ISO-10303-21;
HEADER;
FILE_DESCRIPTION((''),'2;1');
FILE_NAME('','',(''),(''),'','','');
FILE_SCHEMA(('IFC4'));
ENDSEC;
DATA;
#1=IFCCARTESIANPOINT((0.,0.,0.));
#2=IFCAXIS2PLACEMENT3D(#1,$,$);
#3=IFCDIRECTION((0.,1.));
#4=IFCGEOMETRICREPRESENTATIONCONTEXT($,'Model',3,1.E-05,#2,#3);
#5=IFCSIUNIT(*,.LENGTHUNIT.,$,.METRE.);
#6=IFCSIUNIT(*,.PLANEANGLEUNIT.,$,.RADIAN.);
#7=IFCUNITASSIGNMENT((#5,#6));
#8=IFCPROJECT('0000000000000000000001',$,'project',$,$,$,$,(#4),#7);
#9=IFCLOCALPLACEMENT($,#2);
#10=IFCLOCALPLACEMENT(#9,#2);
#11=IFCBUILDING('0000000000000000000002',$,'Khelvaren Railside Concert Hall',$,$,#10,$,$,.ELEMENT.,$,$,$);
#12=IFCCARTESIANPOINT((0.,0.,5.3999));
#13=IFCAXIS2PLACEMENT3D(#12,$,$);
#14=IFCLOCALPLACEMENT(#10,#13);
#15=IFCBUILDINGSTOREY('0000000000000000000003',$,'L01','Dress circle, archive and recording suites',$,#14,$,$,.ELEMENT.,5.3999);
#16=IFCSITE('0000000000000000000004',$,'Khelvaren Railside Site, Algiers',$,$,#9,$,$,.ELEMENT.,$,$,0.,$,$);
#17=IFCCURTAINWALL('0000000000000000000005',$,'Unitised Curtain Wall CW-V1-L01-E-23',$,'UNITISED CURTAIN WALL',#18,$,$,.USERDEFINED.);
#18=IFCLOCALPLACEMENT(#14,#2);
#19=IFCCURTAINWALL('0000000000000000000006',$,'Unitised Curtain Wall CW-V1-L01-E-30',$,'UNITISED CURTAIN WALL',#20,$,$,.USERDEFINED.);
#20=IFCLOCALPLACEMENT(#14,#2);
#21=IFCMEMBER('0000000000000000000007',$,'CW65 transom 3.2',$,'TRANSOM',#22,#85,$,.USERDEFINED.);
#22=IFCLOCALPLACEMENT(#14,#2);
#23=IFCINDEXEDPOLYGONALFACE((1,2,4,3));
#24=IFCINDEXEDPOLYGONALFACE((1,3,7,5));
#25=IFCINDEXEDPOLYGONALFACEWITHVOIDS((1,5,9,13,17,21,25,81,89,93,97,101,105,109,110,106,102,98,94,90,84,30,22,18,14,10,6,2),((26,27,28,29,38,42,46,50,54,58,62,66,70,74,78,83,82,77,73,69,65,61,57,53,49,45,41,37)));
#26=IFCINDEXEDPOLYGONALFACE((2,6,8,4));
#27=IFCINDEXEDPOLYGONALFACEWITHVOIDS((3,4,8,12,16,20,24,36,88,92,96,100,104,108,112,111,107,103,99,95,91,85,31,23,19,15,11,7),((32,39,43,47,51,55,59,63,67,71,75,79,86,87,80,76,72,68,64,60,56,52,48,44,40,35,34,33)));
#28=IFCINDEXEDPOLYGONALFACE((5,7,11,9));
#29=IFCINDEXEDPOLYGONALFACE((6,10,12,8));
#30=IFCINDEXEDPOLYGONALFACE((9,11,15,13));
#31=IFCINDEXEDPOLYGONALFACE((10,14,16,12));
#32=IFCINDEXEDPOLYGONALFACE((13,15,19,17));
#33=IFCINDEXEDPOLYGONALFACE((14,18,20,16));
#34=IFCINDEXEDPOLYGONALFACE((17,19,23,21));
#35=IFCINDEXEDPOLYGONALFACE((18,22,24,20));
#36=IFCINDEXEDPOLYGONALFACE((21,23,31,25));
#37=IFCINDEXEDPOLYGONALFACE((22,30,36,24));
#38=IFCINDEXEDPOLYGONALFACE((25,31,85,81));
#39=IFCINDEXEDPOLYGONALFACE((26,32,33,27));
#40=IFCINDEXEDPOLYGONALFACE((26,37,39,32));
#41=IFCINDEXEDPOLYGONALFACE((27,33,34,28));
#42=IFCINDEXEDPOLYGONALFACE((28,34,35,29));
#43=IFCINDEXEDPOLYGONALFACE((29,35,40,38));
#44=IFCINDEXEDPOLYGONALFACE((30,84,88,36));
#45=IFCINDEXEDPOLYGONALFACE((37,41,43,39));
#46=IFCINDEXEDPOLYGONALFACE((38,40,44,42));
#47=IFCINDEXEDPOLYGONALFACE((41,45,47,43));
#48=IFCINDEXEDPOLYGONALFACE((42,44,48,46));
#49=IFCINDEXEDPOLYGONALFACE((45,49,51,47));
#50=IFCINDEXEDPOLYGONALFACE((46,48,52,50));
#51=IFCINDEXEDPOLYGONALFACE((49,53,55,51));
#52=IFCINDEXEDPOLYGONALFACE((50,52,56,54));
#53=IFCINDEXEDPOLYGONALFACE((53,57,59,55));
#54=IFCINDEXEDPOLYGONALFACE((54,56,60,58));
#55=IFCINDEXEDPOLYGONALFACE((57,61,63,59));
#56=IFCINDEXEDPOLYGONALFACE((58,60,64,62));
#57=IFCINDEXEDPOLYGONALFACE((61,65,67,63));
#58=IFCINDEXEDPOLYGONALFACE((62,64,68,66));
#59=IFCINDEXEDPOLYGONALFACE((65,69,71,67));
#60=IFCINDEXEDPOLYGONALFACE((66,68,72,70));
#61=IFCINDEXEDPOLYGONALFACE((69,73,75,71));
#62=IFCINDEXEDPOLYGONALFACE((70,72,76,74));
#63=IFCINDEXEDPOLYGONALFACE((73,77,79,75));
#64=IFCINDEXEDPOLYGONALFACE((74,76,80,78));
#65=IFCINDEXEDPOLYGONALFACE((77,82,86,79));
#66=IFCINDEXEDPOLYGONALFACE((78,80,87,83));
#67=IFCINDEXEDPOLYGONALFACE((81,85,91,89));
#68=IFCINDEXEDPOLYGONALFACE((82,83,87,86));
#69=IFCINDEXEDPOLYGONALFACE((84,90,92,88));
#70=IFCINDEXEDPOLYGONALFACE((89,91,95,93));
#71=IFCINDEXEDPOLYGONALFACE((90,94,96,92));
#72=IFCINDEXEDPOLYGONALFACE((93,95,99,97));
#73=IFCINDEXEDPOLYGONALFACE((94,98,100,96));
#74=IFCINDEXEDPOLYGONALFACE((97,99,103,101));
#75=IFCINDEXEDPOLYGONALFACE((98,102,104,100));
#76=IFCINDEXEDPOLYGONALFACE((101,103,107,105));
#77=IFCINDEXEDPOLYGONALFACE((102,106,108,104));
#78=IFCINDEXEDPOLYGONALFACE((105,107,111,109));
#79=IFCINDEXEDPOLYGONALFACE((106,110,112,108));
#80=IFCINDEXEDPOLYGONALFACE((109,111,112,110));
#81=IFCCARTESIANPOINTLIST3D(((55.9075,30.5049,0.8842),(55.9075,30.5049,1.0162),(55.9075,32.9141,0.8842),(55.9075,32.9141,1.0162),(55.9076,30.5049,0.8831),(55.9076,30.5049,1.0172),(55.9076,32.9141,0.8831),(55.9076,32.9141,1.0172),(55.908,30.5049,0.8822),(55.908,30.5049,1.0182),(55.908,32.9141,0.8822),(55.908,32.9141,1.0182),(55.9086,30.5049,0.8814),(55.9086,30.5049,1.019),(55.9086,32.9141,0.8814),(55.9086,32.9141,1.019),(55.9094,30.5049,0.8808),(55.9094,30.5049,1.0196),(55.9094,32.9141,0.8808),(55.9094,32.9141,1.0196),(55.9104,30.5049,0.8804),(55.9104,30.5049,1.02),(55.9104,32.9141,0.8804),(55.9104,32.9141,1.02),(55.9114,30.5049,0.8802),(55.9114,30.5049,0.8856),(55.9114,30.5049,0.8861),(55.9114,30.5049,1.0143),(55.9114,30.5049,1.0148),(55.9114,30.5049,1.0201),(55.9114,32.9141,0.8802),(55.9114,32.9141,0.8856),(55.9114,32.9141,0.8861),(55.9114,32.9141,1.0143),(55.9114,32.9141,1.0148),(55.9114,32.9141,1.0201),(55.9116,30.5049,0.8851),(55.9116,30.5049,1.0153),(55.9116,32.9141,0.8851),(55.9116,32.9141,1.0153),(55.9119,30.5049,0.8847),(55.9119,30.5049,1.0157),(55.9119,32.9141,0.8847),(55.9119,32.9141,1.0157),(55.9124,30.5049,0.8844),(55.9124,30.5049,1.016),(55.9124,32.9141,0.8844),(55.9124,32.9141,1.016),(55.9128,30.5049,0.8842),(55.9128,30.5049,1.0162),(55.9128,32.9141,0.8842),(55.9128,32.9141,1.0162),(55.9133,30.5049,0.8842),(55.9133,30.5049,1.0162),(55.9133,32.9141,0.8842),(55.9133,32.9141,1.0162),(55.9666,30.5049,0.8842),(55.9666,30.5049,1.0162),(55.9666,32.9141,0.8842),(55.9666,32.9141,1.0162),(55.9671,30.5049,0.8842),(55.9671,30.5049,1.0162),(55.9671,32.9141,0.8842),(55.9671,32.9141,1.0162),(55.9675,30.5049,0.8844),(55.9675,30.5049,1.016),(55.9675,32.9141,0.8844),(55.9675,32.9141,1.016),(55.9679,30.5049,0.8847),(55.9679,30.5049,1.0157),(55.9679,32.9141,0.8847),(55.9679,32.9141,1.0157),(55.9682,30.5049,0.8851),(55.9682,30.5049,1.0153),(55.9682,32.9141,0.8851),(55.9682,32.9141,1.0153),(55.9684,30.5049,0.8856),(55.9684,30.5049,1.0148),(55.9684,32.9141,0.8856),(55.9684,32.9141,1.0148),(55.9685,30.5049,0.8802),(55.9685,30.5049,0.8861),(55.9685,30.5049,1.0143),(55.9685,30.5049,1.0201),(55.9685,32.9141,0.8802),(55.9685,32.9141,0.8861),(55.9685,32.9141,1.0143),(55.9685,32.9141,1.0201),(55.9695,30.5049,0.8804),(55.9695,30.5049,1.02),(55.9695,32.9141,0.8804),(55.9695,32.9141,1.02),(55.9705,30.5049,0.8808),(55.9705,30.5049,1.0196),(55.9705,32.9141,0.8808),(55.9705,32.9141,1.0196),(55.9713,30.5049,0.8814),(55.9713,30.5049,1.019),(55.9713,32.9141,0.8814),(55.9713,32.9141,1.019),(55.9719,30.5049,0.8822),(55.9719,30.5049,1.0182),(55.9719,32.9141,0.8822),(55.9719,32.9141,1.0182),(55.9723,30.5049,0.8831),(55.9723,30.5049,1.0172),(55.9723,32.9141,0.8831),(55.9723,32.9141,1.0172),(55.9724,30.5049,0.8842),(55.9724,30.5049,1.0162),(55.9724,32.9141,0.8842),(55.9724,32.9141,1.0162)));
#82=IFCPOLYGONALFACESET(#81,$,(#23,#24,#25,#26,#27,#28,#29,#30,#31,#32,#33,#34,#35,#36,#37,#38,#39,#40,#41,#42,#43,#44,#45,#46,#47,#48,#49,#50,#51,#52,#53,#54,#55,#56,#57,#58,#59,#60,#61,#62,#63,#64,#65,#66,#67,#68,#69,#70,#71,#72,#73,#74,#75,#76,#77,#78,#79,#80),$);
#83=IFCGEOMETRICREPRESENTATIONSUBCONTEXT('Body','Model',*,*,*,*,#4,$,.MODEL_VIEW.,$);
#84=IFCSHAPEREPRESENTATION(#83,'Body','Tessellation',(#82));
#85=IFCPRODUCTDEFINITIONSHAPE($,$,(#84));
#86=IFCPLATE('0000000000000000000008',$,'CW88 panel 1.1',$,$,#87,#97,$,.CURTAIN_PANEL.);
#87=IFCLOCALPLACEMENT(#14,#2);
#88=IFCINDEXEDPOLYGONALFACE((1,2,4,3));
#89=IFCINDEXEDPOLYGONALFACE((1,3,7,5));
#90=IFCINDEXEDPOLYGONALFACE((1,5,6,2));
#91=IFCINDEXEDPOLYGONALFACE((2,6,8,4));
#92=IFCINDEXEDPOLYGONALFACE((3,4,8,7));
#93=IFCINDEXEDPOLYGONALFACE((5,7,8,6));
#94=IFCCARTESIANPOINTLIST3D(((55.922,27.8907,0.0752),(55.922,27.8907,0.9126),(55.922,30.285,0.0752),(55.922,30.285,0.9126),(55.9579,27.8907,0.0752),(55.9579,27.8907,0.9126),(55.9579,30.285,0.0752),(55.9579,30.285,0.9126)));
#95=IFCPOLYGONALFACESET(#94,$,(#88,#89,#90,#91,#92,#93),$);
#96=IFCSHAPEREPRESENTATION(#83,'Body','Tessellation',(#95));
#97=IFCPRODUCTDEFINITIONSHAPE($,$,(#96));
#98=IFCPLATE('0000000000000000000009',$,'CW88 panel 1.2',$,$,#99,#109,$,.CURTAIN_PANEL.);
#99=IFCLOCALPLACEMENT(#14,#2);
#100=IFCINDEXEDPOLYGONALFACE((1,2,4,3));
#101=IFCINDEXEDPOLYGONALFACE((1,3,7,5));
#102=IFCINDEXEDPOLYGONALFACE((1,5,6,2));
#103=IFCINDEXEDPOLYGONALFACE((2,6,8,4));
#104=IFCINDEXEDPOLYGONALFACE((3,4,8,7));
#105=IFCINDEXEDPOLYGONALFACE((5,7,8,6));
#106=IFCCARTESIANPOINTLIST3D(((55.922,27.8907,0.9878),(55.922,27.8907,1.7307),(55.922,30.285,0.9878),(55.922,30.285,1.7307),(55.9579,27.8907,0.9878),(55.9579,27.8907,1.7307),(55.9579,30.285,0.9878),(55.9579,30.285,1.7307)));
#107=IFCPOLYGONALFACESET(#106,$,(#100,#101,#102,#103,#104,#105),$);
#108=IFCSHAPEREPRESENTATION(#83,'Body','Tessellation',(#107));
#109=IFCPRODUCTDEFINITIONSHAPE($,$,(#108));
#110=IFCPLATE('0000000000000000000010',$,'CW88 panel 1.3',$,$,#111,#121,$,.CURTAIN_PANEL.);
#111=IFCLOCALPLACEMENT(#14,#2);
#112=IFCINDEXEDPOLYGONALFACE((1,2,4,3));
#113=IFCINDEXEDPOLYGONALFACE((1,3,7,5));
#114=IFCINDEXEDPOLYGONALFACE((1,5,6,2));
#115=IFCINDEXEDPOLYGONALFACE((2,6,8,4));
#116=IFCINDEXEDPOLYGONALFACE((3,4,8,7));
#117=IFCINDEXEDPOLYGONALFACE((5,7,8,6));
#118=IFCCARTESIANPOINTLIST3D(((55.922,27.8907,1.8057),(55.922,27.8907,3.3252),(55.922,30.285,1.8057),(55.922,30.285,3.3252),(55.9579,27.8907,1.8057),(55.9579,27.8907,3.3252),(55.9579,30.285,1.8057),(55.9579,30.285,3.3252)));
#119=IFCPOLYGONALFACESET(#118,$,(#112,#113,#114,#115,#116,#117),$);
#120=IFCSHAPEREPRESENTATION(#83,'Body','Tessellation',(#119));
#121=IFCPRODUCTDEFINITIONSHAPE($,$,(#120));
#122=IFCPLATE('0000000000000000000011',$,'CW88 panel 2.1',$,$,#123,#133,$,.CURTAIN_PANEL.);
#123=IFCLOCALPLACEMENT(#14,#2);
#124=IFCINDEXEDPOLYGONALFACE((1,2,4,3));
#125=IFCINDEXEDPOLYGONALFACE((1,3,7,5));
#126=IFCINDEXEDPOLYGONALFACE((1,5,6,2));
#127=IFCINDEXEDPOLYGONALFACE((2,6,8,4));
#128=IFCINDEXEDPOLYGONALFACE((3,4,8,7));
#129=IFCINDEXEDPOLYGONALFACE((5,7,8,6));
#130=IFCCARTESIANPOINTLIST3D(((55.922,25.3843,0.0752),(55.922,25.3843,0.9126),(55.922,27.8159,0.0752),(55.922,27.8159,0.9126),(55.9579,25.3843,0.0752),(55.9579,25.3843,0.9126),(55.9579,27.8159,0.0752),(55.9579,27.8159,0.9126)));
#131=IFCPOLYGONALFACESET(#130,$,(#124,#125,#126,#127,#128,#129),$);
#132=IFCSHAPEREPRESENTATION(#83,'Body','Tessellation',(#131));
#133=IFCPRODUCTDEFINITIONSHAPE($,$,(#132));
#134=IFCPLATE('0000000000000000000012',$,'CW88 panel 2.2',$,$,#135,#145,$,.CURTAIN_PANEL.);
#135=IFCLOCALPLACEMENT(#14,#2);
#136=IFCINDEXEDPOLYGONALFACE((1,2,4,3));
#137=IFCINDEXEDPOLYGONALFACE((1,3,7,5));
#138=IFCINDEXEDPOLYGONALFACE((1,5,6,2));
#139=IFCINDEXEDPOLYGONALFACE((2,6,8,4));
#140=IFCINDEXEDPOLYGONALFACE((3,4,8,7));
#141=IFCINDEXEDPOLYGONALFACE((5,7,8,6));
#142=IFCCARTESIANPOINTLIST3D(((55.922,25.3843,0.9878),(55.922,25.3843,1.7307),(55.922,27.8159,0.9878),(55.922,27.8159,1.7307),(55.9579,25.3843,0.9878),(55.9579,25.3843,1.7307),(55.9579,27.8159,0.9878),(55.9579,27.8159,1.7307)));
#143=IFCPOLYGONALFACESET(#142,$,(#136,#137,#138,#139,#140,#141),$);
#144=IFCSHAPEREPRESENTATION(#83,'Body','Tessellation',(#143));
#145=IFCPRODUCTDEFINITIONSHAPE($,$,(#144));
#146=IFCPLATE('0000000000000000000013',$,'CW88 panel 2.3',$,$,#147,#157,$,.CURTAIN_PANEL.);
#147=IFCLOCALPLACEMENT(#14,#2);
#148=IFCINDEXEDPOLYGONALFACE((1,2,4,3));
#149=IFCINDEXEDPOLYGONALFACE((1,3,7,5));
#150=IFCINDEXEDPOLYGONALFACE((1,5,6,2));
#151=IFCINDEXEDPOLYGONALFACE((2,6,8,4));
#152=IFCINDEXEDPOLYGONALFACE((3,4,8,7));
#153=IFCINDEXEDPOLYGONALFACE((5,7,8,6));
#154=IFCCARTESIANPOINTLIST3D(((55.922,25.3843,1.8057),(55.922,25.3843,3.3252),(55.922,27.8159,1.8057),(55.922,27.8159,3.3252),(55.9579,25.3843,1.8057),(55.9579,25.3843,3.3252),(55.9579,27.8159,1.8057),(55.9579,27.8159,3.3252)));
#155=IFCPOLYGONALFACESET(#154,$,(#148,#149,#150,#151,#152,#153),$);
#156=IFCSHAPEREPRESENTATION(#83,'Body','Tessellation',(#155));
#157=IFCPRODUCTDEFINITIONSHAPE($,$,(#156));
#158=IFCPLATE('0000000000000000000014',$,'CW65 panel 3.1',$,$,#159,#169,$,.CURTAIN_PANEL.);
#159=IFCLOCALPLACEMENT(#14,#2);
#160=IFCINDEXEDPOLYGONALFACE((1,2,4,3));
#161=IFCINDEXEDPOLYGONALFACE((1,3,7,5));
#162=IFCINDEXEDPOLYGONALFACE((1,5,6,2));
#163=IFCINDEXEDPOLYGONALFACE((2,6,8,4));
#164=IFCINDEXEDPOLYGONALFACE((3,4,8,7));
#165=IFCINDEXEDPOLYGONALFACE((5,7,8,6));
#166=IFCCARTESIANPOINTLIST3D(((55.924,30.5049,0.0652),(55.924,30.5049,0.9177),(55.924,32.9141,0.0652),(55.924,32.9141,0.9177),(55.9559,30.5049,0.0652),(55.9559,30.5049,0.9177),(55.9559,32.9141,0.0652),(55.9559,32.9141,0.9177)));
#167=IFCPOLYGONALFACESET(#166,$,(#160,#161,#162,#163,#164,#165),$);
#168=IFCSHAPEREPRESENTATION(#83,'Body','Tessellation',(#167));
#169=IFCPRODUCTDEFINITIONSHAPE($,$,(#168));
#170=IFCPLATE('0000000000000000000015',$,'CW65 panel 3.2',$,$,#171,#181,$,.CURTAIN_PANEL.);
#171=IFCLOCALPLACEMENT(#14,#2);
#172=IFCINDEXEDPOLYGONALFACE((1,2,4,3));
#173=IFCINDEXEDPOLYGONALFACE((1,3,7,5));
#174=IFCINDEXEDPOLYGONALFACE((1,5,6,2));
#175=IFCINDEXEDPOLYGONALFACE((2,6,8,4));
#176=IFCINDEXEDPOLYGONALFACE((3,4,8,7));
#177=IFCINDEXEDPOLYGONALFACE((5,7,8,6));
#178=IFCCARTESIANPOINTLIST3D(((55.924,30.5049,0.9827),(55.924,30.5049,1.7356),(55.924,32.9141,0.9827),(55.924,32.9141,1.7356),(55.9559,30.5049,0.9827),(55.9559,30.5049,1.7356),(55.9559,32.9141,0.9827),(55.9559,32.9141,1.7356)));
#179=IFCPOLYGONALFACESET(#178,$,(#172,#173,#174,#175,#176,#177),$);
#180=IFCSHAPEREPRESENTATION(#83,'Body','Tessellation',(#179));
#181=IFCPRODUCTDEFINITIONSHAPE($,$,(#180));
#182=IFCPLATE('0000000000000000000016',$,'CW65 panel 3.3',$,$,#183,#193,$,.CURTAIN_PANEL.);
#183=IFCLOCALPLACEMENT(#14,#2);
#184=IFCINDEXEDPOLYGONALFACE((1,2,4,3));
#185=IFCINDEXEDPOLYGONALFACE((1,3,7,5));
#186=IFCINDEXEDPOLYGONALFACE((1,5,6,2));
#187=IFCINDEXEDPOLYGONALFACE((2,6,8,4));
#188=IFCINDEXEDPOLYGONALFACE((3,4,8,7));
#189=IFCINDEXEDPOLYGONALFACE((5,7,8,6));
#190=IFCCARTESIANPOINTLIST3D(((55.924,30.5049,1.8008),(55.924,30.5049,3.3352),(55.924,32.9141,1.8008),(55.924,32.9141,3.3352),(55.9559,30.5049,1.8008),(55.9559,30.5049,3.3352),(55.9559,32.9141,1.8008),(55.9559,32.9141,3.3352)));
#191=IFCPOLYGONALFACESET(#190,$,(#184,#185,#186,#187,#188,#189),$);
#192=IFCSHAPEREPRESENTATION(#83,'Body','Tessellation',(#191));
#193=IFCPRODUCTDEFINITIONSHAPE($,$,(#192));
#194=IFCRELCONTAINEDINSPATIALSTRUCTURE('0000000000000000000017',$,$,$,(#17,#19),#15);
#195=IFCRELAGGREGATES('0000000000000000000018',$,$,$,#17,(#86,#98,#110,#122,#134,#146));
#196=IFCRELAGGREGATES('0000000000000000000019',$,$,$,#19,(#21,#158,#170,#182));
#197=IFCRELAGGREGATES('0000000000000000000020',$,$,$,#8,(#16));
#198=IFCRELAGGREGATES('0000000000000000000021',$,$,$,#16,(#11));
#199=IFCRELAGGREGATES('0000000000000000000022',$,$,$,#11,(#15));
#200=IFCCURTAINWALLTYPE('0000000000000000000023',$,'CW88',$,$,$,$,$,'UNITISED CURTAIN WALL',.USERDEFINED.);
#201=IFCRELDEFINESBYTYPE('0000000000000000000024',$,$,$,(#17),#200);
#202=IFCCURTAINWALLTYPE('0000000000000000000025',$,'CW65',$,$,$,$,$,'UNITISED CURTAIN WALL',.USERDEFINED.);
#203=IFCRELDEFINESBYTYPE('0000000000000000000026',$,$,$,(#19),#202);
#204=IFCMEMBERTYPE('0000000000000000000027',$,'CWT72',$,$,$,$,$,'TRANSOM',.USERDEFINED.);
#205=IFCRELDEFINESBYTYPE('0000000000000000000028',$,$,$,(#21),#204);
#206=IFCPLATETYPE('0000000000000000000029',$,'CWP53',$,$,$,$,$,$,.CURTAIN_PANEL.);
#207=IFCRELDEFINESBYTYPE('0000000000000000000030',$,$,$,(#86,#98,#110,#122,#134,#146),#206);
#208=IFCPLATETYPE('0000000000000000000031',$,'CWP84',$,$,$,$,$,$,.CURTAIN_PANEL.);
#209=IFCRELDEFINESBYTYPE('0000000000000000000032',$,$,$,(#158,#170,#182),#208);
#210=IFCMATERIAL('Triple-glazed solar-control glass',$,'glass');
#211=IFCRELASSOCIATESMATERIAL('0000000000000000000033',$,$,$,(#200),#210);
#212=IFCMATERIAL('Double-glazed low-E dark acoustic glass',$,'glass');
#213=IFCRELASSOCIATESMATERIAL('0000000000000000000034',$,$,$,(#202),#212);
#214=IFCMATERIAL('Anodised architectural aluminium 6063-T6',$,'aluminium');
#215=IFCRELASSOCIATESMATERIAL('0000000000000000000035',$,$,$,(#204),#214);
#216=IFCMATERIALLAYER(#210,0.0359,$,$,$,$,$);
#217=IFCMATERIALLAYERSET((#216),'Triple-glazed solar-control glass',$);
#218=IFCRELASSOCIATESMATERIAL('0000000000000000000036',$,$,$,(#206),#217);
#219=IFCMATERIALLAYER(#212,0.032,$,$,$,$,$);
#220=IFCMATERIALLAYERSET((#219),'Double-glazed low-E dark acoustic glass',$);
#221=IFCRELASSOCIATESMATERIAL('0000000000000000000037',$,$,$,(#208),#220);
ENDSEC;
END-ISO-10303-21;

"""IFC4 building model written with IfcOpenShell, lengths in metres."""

from ifc_helpers import new_model, si_unit, direction, frame, origin, origin_2d, place, context, subcontext, project, spatial, rectangle, hollow_rectangle, extrude, material, layer, layer_set, material_profile, profile_set, type_object, element, aggregate, save


model = new_model("IFC4")

# Units and contexts
model_context = context("Model", 3, precision=1e-05, world=origin(), true_north=direction((0.0, 1.0)))
body_context = subcontext(model_context, "Body", "Model", "MODEL_VIEW")
ifc_project = project(units=[si_unit("LENGTHUNIT", "METRE"), si_unit("PLANEANGLEUNIT", "RADIAN")], contexts=[model_context])

# Site, building, storey
site_placement = place(None, origin())
site = spatial("IfcSite", under=ifc_project, at=site_placement, Name="Khelvaren Railside Site, Algiers", CompositionType="ELEMENT", RefElevation=0.0)
building_placement = place(site_placement, origin())
building = spatial("IfcBuilding", under=site, at=building_placement, Name="Khelvaren Railside Concert Hall", CompositionType="ELEMENT")
storey_placement = place(building_placement, frame((0.0, 0.0, 5.3999)))
storey = spatial("IfcBuildingStorey", under=building, at=storey_placement, Name="L01", Description="Dress circle, archive and recording suites", CompositionType="ELEMENT", Elevation=5.3999)

# Curtain wall
ifc_material_1 = material(Name="Triple-glazed solar-control glass", Category="glass")
curtain_wall_type_1 = type_object("IfcCurtainWallType", Name="CW88", ElementType="UNITISED CURTAIN WALL", PredefinedType="USERDEFINED", material=ifc_material_1)
curtain_wall_1_placement = place(storey_placement, origin())
curtain_wall_1 = element("IfcCurtainWall", 1, at=curtain_wall_1_placement, inside=storey, type_object=curtain_wall_type_1, Name="Unitised Curtain Wall CW-V1-L01-E-23", ObjectType="UNITISED CURTAIN WALL", PredefinedType="USERDEFINED")
ifc_material_2 = material(Name="Anodised architectural aluminium 6063-T6", Category="aluminium")

# Curtain wall
ifc_material_3 = material(Name="Double-glazed low-E dark acoustic glass", Category="glass")
curtain_wall_type_2 = type_object("IfcCurtainWallType", Name="CW65", ElementType="UNITISED CURTAIN WALL", PredefinedType="USERDEFINED", material=ifc_material_3)
curtain_wall_2_placement = place(storey_placement, origin())
curtain_wall_2 = element("IfcCurtainWall", 2, at=curtain_wall_2_placement, inside=storey, type_object=curtain_wall_type_2, Name="Unitised Curtain Wall CW-V1-L01-E-30", ObjectType="UNITISED CURTAIN WALL", PredefinedType="USERDEFINED")

# Member
ifc_material_profile_1 = material_profile(ifc_material_2, hollow_rectangle(XDim=0.0649, YDim=0.1399, WallThickness=0.0039, InnerFilletRadius=0.002, OuterFilletRadius=0.0039, at=origin_2d()), Name="CWT 65x140x4")
ifc_profile_set_1 = profile_set([ifc_material_profile_1], Name="Anodised architectural aluminium 6063-T6")
member_type_1 = type_object("IfcMemberType", Name="CWT72", ElementType="TRANSOM", PredefinedType="USERDEFINED", material=ifc_profile_set_1)
member_1_placement = place(storey_placement, frame((55.9399, 32.9141, 0.9502), z_axis=(0.0, -1.0, 0.0), x_axis=(1.0, 0.0, 0.0)))
member_1 = element("IfcMember", 3, at=member_1_placement, type_object=member_type_1, Name="CW65 transom 3.2", ObjectType="TRANSOM", PredefinedType="USERDEFINED", context=body_context, shape_type="SweptSolid", body=[
    extrude(hollow_rectangle(XDim=0.0649, YDim=0.1399, WallThickness=0.0039, InnerFilletRadius=0.002, OuterFilletRadius=0.0039, at=origin_2d()), origin(), (0.0, 0.0, 1.0), 2.4092),
])

# Plates
ifc_layer_1 = layer(ifc_material_1, 0.0359)
ifc_layer_set_1 = layer_set([ifc_layer_1], Name="Triple-glazed solar-control glass")
plate_type_1 = type_object("IfcPlateType", Name="CWP53", PredefinedType="CURTAIN_PANEL", material=ifc_layer_set_1)
plate_1_placement = place(storey_placement, frame((55.9399, 29.0879, 0.0752), z_axis=(0.0, 0.0, 1.0), x_axis=(0.0, -1.0, 0.0)))
plate_1 = element("IfcPlate", 4, at=plate_1_placement, type_object=plate_type_1, Name="CW88 panel 1.1", PredefinedType="CURTAIN_PANEL", context=body_context, shape_type="SweptSolid", body=[
    extrude(rectangle(XDim=2.3943, YDim=0.0359, at=origin_2d()), origin(), (0.0, 0.0, 1.0), 0.8374),
])
plate_2_placement = place(storey_placement, frame((55.9399, 29.0879, 0.9878), z_axis=(0.0, 0.0, 1.0), x_axis=(0.0, -1.0, 0.0)))
plate_2 = element("IfcPlate", 5, at=plate_2_placement, type_object=plate_type_1, Name="CW88 panel 1.2", PredefinedType="CURTAIN_PANEL", context=body_context, shape_type="SweptSolid", body=[
    extrude(rectangle(XDim=2.3943, YDim=0.0359, at=origin_2d()), origin(), (0.0, 0.0, 1.0), 0.7429),
])
plate_3_placement = place(storey_placement, frame((55.9399, 29.0879, 1.8057), z_axis=(0.0, 0.0, 1.0), x_axis=(0.0, -1.0, 0.0)))
plate_3 = element("IfcPlate", 6, at=plate_3_placement, type_object=plate_type_1, Name="CW88 panel 1.3", PredefinedType="CURTAIN_PANEL", context=body_context, shape_type="SweptSolid", body=[
    extrude(rectangle(XDim=2.3943, YDim=0.0359, at=origin_2d()), origin(), (0.0, 0.0, 1.0), 1.5195),
])
plate_4_placement = place(storey_placement, frame((55.9399, 26.6001, 0.0752), z_axis=(0.0, 0.0, 1.0), x_axis=(0.0, -1.0, 0.0)))
plate_4 = element("IfcPlate", 7, at=plate_4_placement, type_object=plate_type_1, Name="CW88 panel 2.1", PredefinedType="CURTAIN_PANEL", context=body_context, shape_type="SweptSolid", body=[
    extrude(rectangle(XDim=2.4316, YDim=0.0359, at=origin_2d()), origin(), (0.0, 0.0, 1.0), 0.8374),
])
plate_5_placement = place(storey_placement, frame((55.9399, 26.6001, 0.9878), z_axis=(0.0, 0.0, 1.0), x_axis=(0.0, -1.0, 0.0)))
plate_5 = element("IfcPlate", 8, at=plate_5_placement, type_object=plate_type_1, Name="CW88 panel 2.2", PredefinedType="CURTAIN_PANEL", context=body_context, shape_type="SweptSolid", body=[
    extrude(rectangle(XDim=2.4316, YDim=0.0359, at=origin_2d()), origin(), (0.0, 0.0, 1.0), 0.7429),
])
plate_6_placement = place(storey_placement, frame((55.9399, 26.6001, 1.8057), z_axis=(0.0, 0.0, 1.0), x_axis=(0.0, -1.0, 0.0)))
plate_6 = element("IfcPlate", 9, at=plate_6_placement, type_object=plate_type_1, Name="CW88 panel 2.3", PredefinedType="CURTAIN_PANEL", context=body_context, shape_type="SweptSolid", body=[
    extrude(rectangle(XDim=2.4316, YDim=0.0359, at=origin_2d()), origin(), (0.0, 0.0, 1.0), 1.5195),
])
aggregate(curtain_wall_1, [plate_1, plate_2, plate_3, plate_4, plate_5, plate_6])
ifc_layer_2 = layer(ifc_material_3, 0.032)
ifc_layer_set_2 = layer_set([ifc_layer_2], Name="Double-glazed low-E dark acoustic glass")
plate_type_2 = type_object("IfcPlateType", Name="CWP84", PredefinedType="CURTAIN_PANEL", material=ifc_layer_set_2)
plate_7_placement = place(storey_placement, frame((55.9399, 31.7095, 0.0652), z_axis=(0.0, 0.0, 1.0), x_axis=(0.0, -1.0, 0.0)))
plate_7 = element("IfcPlate", 10, at=plate_7_placement, type_object=plate_type_2, Name="CW65 panel 3.1", PredefinedType="CURTAIN_PANEL", context=body_context, shape_type="SweptSolid", body=[
    extrude(rectangle(XDim=2.4092, YDim=0.032, at=origin_2d()), origin(), (0.0, 0.0, 1.0), 0.8525),
])
plate_8_placement = place(storey_placement, frame((55.9399, 31.7095, 0.9827), z_axis=(0.0, 0.0, 1.0), x_axis=(0.0, -1.0, 0.0)))
plate_8 = element("IfcPlate", 11, at=plate_8_placement, type_object=plate_type_2, Name="CW65 panel 3.2", PredefinedType="CURTAIN_PANEL", context=body_context, shape_type="SweptSolid", body=[
    extrude(rectangle(XDim=2.4092, YDim=0.032, at=origin_2d()), origin(), (0.0, 0.0, 1.0), 0.7529),
])
plate_9_placement = place(storey_placement, frame((55.9399, 31.7095, 1.8008), z_axis=(0.0, 0.0, 1.0), x_axis=(0.0, -1.0, 0.0)))
plate_9 = element("IfcPlate", 12, at=plate_9_placement, type_object=plate_type_2, Name="CW65 panel 3.3", PredefinedType="CURTAIN_PANEL", context=body_context, shape_type="SweptSolid", body=[
    extrude(rectangle(XDim=2.4092, YDim=0.032, at=origin_2d()), origin(), (0.0, 0.0, 1.0), 1.5344),
])
aggregate(curtain_wall_2, [member_1, plate_7, plate_8, plate_9])

save(model, "model.ifc")
